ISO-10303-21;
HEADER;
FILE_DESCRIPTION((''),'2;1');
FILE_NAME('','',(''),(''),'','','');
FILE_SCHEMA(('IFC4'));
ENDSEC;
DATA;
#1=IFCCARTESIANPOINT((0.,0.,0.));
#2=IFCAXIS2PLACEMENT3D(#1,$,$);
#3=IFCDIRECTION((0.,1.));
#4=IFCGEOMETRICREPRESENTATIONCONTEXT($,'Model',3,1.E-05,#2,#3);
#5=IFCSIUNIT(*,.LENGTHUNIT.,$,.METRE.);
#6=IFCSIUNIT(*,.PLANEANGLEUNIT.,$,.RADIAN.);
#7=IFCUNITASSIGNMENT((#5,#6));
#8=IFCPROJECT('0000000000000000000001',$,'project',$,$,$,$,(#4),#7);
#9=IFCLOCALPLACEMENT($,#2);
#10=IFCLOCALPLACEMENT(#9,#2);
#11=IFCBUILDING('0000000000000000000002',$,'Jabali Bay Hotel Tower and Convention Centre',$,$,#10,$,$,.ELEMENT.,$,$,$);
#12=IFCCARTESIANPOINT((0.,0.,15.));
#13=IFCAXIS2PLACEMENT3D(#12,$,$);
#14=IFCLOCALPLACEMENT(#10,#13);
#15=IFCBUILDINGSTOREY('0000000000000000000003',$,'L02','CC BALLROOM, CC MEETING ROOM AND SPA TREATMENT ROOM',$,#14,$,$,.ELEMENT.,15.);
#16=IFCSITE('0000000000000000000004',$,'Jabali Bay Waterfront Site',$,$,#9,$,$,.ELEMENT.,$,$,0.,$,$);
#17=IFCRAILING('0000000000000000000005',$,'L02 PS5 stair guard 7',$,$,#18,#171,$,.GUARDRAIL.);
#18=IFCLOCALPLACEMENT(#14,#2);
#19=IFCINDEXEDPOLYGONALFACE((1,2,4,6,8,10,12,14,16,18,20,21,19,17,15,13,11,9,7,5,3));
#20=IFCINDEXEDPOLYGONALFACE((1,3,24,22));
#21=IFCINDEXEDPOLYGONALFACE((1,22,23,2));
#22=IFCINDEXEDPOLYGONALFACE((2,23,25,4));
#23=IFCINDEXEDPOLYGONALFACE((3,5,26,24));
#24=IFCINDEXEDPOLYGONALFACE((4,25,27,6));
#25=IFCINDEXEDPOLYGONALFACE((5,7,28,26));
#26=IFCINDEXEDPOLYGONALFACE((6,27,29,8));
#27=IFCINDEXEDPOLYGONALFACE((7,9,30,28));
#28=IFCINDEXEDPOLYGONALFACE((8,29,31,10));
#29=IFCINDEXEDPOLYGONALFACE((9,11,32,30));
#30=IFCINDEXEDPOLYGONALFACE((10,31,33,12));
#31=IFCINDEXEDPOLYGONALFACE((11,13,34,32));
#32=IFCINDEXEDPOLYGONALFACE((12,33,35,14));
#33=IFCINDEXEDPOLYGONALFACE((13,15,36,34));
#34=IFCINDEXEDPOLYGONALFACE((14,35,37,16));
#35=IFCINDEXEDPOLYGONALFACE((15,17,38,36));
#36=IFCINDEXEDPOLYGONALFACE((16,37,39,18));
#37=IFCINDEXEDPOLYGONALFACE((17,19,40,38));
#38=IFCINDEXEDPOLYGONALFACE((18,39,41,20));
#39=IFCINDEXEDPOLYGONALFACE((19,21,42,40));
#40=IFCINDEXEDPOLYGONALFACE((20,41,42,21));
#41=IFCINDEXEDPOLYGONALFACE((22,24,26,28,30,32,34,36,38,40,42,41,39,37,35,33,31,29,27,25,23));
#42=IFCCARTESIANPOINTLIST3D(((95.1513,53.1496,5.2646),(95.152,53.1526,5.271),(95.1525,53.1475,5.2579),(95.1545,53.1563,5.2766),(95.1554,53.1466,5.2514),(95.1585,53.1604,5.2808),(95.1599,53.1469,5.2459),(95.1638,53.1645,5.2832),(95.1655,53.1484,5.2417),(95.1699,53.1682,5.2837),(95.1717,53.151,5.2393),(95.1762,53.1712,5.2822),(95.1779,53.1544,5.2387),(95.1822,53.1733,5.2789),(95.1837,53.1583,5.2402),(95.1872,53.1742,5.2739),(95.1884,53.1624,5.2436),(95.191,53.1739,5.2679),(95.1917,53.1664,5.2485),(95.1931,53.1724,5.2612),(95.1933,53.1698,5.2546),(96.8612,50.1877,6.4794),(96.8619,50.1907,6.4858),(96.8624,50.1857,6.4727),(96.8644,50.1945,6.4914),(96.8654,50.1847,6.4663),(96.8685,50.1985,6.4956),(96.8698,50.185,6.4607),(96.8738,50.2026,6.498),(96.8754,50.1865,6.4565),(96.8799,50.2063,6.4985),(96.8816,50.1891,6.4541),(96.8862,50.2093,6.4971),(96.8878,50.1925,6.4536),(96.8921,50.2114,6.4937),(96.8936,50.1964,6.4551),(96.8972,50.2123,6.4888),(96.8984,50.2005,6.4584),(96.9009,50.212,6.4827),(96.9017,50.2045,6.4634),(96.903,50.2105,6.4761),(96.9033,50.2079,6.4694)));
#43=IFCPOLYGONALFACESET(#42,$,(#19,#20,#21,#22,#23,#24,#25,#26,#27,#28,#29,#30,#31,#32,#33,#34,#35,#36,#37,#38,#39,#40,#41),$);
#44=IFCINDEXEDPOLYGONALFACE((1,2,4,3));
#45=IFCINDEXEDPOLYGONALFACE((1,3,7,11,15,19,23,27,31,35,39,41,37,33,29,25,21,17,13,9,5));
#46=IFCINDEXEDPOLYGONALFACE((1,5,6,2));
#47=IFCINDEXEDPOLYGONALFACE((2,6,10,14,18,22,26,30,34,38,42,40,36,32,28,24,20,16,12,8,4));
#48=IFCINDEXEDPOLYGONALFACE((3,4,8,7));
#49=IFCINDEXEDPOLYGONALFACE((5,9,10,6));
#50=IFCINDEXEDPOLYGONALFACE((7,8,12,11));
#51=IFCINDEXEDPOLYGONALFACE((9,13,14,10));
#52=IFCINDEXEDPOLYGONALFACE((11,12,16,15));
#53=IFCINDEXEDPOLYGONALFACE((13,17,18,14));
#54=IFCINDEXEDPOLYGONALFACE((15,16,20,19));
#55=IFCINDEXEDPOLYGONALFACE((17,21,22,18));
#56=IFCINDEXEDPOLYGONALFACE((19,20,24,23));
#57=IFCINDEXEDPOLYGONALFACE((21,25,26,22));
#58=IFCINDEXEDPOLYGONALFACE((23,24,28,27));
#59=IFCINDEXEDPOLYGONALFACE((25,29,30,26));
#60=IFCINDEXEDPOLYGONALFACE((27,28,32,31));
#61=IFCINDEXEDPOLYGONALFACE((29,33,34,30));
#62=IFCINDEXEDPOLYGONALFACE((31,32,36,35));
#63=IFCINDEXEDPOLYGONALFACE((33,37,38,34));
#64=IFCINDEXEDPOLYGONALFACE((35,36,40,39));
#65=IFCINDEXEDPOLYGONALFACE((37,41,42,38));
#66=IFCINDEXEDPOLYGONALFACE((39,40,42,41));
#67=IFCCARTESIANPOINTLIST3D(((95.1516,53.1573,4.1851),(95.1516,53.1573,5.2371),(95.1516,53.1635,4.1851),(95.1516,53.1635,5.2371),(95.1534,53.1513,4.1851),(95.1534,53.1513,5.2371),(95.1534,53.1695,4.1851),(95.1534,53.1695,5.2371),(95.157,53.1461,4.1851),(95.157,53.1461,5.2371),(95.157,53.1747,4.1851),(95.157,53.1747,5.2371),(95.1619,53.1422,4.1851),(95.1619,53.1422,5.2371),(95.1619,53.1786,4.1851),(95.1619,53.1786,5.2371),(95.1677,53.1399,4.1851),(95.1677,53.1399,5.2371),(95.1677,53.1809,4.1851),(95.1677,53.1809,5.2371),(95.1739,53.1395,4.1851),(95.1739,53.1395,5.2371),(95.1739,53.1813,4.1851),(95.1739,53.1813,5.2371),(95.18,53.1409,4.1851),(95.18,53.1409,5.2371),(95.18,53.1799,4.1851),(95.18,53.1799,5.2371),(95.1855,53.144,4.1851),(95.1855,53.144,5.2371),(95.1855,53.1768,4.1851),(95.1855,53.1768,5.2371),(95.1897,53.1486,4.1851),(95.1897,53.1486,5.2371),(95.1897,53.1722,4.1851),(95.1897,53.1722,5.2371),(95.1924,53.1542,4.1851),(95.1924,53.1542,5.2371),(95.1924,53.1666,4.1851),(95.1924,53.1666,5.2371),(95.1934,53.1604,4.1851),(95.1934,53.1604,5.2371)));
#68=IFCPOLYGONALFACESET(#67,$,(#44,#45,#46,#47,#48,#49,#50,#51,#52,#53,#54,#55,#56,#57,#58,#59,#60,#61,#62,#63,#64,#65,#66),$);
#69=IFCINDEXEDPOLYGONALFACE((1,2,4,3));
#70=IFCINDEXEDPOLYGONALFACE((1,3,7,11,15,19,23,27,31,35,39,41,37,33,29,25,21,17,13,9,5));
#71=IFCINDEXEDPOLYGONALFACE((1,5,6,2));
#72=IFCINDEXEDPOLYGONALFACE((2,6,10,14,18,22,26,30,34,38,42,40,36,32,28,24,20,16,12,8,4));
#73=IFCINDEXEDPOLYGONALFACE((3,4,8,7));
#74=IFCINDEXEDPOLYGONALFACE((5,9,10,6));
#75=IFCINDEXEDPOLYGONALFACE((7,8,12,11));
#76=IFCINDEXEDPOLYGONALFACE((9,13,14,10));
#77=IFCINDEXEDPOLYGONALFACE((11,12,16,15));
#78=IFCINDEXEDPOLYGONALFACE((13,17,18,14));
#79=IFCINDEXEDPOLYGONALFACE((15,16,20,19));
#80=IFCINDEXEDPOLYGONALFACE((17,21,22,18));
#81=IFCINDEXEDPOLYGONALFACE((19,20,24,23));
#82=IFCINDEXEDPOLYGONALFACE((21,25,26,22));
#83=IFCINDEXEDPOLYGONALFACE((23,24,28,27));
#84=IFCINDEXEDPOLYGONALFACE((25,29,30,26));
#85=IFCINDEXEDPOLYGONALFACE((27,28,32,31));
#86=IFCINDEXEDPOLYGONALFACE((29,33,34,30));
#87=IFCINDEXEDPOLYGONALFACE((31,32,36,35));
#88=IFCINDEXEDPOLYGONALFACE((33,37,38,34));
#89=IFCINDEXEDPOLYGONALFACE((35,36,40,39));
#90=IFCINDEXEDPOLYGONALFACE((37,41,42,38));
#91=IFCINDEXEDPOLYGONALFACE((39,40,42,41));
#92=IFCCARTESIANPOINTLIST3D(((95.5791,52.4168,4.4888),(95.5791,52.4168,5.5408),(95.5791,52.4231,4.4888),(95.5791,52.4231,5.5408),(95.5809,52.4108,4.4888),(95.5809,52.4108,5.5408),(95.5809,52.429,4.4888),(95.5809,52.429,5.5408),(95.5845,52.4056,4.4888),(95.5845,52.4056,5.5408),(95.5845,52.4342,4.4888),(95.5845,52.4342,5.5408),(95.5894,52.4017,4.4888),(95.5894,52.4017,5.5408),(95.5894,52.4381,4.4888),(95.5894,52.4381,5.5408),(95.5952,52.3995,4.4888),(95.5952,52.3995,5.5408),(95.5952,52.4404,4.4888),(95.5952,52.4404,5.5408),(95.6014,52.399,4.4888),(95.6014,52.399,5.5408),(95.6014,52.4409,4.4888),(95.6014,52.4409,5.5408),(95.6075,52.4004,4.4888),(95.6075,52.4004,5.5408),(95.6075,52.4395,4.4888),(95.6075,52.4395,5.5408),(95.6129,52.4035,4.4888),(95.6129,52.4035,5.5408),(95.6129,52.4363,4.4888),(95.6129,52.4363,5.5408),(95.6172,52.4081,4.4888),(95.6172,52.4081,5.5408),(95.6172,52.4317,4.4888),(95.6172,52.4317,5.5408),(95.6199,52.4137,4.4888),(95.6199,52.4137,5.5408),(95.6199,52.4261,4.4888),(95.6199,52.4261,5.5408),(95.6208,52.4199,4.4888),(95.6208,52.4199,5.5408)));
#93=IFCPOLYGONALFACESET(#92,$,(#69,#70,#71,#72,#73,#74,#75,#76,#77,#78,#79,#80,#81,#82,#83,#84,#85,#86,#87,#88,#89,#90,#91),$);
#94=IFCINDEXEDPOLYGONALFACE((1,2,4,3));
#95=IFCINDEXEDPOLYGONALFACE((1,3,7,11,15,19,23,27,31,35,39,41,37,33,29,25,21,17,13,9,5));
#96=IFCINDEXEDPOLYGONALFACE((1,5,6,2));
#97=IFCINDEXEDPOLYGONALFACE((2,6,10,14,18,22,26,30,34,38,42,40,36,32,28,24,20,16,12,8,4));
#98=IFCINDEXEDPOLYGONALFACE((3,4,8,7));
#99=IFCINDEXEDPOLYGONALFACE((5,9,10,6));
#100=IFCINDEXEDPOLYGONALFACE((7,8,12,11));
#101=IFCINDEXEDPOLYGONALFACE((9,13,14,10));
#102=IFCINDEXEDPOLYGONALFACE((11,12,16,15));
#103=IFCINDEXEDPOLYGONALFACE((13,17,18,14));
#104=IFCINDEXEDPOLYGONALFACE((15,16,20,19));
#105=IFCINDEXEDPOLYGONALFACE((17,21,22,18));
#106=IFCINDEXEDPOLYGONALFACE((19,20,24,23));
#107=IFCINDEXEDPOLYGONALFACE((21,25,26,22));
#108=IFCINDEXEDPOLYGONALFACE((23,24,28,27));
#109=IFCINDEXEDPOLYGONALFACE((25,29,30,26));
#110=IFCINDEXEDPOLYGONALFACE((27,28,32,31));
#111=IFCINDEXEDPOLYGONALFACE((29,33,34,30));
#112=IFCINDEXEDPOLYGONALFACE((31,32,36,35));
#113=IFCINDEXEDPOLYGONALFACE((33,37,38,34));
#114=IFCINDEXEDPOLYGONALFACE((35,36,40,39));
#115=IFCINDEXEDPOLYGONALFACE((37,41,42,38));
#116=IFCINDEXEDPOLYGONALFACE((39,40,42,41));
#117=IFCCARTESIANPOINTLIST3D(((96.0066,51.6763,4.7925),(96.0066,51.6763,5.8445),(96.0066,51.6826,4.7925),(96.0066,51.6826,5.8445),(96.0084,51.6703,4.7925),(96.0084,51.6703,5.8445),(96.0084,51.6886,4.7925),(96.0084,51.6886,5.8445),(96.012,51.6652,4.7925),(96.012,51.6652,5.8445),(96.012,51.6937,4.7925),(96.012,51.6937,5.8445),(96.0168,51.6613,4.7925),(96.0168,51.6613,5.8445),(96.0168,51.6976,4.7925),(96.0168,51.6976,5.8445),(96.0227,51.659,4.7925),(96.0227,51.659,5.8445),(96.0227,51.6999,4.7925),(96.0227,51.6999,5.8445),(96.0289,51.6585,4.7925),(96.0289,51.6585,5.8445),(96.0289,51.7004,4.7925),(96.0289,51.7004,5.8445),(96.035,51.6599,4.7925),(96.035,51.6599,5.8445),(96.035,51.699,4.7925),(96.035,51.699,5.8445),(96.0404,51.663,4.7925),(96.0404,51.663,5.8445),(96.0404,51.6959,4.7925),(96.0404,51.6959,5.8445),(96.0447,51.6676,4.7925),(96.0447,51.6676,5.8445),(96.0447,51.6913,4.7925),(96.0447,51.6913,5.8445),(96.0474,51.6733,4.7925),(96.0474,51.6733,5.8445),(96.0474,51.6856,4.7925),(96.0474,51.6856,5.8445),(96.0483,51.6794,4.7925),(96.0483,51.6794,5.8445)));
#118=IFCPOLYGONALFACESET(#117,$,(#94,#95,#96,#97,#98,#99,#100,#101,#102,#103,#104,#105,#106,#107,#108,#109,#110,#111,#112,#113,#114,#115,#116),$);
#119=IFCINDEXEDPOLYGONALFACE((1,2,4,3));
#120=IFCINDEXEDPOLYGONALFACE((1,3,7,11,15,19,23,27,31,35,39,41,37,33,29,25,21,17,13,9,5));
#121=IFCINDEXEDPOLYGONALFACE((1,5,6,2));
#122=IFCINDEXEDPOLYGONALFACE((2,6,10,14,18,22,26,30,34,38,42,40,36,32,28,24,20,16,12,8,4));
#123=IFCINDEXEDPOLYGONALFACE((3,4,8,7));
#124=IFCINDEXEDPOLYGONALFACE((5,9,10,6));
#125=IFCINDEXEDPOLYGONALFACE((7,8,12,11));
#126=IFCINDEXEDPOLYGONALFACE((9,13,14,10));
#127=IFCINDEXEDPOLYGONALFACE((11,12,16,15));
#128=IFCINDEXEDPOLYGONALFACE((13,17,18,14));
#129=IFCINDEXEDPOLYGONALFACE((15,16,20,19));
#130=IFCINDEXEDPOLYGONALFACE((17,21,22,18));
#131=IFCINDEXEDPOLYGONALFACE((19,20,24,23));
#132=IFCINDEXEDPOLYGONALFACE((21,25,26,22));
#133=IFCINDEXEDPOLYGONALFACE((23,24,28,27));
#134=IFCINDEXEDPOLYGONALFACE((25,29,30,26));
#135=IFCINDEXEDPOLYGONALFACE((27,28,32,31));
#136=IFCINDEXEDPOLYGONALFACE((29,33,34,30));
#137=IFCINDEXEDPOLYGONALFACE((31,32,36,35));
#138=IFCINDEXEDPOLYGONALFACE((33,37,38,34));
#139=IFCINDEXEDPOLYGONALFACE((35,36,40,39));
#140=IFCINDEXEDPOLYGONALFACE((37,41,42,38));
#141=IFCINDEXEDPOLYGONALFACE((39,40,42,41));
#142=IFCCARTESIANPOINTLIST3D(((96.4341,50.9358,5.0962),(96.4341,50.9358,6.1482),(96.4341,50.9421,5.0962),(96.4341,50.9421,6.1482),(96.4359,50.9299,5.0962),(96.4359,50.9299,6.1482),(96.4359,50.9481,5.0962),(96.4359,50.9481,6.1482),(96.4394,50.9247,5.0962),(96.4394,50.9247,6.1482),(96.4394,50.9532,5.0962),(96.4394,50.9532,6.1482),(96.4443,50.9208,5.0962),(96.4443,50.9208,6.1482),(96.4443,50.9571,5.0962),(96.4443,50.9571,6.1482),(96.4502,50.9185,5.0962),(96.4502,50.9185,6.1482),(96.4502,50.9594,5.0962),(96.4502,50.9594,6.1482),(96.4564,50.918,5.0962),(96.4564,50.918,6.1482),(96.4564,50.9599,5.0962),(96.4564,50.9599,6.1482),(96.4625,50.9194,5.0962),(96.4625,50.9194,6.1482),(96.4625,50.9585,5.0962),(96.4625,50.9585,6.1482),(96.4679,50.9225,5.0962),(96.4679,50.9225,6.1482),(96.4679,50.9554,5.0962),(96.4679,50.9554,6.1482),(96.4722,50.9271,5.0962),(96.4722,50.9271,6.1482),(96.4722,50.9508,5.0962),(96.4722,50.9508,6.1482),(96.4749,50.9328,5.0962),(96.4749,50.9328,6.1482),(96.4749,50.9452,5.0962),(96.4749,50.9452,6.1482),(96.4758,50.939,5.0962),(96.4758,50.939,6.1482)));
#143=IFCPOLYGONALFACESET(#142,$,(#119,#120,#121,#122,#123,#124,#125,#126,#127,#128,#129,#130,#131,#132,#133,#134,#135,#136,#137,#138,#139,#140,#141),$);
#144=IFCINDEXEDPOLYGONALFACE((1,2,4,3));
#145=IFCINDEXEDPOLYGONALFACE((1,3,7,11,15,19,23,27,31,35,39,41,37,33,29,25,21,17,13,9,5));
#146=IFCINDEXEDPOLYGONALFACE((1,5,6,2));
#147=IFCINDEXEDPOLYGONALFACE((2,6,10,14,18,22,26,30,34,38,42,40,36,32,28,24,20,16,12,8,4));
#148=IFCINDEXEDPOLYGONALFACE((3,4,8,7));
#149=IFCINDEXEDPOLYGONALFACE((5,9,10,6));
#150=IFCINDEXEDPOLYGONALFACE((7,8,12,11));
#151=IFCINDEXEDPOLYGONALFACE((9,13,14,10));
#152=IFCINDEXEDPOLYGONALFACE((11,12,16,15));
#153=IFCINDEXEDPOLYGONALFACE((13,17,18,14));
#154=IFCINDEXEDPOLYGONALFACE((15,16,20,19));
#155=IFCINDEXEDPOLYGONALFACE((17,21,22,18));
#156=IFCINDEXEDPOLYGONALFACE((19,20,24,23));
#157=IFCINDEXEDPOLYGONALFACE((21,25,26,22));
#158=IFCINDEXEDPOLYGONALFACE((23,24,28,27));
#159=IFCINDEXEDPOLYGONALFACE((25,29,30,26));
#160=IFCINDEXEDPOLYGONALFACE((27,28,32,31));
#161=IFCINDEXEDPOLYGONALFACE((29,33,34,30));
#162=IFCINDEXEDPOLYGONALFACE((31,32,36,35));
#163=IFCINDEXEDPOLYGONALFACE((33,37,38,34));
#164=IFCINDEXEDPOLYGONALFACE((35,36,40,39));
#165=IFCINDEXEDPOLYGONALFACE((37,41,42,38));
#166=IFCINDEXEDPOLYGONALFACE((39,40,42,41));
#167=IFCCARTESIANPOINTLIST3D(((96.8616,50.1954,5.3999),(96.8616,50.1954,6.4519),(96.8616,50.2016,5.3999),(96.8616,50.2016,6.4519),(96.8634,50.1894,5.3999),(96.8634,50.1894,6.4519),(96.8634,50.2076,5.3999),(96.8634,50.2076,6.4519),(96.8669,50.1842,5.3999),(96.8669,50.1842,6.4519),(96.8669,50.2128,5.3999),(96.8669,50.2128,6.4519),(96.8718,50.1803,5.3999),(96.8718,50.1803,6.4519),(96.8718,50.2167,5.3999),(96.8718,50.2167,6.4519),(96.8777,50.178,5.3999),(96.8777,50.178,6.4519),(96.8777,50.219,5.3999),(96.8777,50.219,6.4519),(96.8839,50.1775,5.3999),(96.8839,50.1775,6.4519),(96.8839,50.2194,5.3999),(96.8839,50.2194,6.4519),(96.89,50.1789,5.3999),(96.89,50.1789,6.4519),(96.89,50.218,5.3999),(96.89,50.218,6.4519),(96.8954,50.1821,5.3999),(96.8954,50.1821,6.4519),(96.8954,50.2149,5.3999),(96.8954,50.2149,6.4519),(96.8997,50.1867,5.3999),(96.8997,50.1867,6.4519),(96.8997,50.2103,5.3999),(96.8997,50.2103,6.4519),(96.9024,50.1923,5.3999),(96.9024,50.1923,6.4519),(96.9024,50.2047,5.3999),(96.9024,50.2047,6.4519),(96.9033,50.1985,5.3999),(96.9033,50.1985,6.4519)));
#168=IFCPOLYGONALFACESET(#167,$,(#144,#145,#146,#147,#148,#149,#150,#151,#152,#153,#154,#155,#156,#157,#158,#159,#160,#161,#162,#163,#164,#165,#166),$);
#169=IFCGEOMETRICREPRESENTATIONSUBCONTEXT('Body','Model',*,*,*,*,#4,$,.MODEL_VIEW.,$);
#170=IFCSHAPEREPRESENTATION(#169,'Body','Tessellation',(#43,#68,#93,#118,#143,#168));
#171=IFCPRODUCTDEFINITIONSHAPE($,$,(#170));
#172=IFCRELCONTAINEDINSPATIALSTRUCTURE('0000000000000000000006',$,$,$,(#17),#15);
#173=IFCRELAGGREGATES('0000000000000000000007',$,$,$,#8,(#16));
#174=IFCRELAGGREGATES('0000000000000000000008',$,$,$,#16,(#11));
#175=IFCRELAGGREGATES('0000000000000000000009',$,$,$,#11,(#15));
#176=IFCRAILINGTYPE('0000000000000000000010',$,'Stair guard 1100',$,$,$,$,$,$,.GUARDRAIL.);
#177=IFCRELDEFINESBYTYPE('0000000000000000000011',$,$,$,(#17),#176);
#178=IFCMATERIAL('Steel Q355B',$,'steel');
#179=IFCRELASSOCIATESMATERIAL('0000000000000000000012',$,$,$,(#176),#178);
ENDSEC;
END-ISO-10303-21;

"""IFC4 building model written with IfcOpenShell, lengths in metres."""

from ifc_helpers import new_model, si_unit, direction, frame, origin, origin_2d, place, context, subcontext, project, spatial, circle, extrude, material, type_object, element, save


model = new_model("IFC4")

# Units and contexts
model_context = context("Model", 3, precision=1e-05, world=origin(), true_north=direction((0.0, 1.0)))
body_context = subcontext(model_context, "Body", "Model", "MODEL_VIEW")
ifc_project = project(units=[si_unit("LENGTHUNIT", "METRE"), si_unit("PLANEANGLEUNIT", "RADIAN")], contexts=[model_context])

# Site, building, storey
site_placement = place(None, origin())
site = spatial("IfcSite", under=ifc_project, at=site_placement, Name="Jabali Bay Waterfront Site", CompositionType="ELEMENT", RefElevation=0.0)
building_placement = place(site_placement, origin())
building = spatial("IfcBuilding", under=site, at=building_placement, Name="Jabali Bay Hotel Tower and Convention Centre", CompositionType="ELEMENT")
storey_placement = place(building_placement, frame((0.0, 0.0, 15.0)))
storey = spatial("IfcBuildingStorey", under=building, at=storey_placement, Name="L02", Description="CC BALLROOM, CC MEETING ROOM AND SPA TREATMENT ROOM", CompositionType="ELEMENT", Elevation=15.0)

# Railing
ifc_material_1 = material(Name="Steel Q355B", Category="steel")
railing_type_1 = type_object("IfcRailingType", Name="Stair guard 1100", PredefinedType="GUARDRAIL", material=ifc_material_1)
railing_1_placement = place(storey_placement, frame((95.1724, 53.1604, 4.1851)))
element("IfcRailing", 1, at=railing_1_placement, inside=storey, type_object=railing_type_1, Name="L02 PS5 stair guard 7", PredefinedType="GUARDRAIL", context=body_context, shape_type="SweptSolid", body=[
    extrude(circle(Radius=0.0239, at=origin_2d()), frame((0.0, 0.0, 1.0762), z_axis=(0.471138, -0.816083, 0.33472), x_axis=(0.866038, 0.499978, 0.0)), (0.0, 0.0, 1.0), 3.6294),
    extrude(circle(Radius=0.021, at=origin_2d()), origin(), (0.0, 0.0, 1.0), 1.052),
    extrude(circle(Radius=0.021, at=origin_2d()), frame((0.4275, -0.7405, 0.3037)), (0.0, 0.0, 1.0), 1.052),
    extrude(circle(Radius=0.021, at=origin_2d()), frame((0.855, -1.481, 0.6074)), (0.0, 0.0, 1.0), 1.052),
    extrude(circle(Radius=0.021, at=origin_2d()), frame((1.2825, -2.2214, 0.9111)), (0.0, 0.0, 1.0), 1.052),
    extrude(circle(Radius=0.021, at=origin_2d()), frame((1.71, -2.9619, 1.2148)), (0.0, 0.0, 1.0), 1.052),
])

save(model, "model.ifc")
